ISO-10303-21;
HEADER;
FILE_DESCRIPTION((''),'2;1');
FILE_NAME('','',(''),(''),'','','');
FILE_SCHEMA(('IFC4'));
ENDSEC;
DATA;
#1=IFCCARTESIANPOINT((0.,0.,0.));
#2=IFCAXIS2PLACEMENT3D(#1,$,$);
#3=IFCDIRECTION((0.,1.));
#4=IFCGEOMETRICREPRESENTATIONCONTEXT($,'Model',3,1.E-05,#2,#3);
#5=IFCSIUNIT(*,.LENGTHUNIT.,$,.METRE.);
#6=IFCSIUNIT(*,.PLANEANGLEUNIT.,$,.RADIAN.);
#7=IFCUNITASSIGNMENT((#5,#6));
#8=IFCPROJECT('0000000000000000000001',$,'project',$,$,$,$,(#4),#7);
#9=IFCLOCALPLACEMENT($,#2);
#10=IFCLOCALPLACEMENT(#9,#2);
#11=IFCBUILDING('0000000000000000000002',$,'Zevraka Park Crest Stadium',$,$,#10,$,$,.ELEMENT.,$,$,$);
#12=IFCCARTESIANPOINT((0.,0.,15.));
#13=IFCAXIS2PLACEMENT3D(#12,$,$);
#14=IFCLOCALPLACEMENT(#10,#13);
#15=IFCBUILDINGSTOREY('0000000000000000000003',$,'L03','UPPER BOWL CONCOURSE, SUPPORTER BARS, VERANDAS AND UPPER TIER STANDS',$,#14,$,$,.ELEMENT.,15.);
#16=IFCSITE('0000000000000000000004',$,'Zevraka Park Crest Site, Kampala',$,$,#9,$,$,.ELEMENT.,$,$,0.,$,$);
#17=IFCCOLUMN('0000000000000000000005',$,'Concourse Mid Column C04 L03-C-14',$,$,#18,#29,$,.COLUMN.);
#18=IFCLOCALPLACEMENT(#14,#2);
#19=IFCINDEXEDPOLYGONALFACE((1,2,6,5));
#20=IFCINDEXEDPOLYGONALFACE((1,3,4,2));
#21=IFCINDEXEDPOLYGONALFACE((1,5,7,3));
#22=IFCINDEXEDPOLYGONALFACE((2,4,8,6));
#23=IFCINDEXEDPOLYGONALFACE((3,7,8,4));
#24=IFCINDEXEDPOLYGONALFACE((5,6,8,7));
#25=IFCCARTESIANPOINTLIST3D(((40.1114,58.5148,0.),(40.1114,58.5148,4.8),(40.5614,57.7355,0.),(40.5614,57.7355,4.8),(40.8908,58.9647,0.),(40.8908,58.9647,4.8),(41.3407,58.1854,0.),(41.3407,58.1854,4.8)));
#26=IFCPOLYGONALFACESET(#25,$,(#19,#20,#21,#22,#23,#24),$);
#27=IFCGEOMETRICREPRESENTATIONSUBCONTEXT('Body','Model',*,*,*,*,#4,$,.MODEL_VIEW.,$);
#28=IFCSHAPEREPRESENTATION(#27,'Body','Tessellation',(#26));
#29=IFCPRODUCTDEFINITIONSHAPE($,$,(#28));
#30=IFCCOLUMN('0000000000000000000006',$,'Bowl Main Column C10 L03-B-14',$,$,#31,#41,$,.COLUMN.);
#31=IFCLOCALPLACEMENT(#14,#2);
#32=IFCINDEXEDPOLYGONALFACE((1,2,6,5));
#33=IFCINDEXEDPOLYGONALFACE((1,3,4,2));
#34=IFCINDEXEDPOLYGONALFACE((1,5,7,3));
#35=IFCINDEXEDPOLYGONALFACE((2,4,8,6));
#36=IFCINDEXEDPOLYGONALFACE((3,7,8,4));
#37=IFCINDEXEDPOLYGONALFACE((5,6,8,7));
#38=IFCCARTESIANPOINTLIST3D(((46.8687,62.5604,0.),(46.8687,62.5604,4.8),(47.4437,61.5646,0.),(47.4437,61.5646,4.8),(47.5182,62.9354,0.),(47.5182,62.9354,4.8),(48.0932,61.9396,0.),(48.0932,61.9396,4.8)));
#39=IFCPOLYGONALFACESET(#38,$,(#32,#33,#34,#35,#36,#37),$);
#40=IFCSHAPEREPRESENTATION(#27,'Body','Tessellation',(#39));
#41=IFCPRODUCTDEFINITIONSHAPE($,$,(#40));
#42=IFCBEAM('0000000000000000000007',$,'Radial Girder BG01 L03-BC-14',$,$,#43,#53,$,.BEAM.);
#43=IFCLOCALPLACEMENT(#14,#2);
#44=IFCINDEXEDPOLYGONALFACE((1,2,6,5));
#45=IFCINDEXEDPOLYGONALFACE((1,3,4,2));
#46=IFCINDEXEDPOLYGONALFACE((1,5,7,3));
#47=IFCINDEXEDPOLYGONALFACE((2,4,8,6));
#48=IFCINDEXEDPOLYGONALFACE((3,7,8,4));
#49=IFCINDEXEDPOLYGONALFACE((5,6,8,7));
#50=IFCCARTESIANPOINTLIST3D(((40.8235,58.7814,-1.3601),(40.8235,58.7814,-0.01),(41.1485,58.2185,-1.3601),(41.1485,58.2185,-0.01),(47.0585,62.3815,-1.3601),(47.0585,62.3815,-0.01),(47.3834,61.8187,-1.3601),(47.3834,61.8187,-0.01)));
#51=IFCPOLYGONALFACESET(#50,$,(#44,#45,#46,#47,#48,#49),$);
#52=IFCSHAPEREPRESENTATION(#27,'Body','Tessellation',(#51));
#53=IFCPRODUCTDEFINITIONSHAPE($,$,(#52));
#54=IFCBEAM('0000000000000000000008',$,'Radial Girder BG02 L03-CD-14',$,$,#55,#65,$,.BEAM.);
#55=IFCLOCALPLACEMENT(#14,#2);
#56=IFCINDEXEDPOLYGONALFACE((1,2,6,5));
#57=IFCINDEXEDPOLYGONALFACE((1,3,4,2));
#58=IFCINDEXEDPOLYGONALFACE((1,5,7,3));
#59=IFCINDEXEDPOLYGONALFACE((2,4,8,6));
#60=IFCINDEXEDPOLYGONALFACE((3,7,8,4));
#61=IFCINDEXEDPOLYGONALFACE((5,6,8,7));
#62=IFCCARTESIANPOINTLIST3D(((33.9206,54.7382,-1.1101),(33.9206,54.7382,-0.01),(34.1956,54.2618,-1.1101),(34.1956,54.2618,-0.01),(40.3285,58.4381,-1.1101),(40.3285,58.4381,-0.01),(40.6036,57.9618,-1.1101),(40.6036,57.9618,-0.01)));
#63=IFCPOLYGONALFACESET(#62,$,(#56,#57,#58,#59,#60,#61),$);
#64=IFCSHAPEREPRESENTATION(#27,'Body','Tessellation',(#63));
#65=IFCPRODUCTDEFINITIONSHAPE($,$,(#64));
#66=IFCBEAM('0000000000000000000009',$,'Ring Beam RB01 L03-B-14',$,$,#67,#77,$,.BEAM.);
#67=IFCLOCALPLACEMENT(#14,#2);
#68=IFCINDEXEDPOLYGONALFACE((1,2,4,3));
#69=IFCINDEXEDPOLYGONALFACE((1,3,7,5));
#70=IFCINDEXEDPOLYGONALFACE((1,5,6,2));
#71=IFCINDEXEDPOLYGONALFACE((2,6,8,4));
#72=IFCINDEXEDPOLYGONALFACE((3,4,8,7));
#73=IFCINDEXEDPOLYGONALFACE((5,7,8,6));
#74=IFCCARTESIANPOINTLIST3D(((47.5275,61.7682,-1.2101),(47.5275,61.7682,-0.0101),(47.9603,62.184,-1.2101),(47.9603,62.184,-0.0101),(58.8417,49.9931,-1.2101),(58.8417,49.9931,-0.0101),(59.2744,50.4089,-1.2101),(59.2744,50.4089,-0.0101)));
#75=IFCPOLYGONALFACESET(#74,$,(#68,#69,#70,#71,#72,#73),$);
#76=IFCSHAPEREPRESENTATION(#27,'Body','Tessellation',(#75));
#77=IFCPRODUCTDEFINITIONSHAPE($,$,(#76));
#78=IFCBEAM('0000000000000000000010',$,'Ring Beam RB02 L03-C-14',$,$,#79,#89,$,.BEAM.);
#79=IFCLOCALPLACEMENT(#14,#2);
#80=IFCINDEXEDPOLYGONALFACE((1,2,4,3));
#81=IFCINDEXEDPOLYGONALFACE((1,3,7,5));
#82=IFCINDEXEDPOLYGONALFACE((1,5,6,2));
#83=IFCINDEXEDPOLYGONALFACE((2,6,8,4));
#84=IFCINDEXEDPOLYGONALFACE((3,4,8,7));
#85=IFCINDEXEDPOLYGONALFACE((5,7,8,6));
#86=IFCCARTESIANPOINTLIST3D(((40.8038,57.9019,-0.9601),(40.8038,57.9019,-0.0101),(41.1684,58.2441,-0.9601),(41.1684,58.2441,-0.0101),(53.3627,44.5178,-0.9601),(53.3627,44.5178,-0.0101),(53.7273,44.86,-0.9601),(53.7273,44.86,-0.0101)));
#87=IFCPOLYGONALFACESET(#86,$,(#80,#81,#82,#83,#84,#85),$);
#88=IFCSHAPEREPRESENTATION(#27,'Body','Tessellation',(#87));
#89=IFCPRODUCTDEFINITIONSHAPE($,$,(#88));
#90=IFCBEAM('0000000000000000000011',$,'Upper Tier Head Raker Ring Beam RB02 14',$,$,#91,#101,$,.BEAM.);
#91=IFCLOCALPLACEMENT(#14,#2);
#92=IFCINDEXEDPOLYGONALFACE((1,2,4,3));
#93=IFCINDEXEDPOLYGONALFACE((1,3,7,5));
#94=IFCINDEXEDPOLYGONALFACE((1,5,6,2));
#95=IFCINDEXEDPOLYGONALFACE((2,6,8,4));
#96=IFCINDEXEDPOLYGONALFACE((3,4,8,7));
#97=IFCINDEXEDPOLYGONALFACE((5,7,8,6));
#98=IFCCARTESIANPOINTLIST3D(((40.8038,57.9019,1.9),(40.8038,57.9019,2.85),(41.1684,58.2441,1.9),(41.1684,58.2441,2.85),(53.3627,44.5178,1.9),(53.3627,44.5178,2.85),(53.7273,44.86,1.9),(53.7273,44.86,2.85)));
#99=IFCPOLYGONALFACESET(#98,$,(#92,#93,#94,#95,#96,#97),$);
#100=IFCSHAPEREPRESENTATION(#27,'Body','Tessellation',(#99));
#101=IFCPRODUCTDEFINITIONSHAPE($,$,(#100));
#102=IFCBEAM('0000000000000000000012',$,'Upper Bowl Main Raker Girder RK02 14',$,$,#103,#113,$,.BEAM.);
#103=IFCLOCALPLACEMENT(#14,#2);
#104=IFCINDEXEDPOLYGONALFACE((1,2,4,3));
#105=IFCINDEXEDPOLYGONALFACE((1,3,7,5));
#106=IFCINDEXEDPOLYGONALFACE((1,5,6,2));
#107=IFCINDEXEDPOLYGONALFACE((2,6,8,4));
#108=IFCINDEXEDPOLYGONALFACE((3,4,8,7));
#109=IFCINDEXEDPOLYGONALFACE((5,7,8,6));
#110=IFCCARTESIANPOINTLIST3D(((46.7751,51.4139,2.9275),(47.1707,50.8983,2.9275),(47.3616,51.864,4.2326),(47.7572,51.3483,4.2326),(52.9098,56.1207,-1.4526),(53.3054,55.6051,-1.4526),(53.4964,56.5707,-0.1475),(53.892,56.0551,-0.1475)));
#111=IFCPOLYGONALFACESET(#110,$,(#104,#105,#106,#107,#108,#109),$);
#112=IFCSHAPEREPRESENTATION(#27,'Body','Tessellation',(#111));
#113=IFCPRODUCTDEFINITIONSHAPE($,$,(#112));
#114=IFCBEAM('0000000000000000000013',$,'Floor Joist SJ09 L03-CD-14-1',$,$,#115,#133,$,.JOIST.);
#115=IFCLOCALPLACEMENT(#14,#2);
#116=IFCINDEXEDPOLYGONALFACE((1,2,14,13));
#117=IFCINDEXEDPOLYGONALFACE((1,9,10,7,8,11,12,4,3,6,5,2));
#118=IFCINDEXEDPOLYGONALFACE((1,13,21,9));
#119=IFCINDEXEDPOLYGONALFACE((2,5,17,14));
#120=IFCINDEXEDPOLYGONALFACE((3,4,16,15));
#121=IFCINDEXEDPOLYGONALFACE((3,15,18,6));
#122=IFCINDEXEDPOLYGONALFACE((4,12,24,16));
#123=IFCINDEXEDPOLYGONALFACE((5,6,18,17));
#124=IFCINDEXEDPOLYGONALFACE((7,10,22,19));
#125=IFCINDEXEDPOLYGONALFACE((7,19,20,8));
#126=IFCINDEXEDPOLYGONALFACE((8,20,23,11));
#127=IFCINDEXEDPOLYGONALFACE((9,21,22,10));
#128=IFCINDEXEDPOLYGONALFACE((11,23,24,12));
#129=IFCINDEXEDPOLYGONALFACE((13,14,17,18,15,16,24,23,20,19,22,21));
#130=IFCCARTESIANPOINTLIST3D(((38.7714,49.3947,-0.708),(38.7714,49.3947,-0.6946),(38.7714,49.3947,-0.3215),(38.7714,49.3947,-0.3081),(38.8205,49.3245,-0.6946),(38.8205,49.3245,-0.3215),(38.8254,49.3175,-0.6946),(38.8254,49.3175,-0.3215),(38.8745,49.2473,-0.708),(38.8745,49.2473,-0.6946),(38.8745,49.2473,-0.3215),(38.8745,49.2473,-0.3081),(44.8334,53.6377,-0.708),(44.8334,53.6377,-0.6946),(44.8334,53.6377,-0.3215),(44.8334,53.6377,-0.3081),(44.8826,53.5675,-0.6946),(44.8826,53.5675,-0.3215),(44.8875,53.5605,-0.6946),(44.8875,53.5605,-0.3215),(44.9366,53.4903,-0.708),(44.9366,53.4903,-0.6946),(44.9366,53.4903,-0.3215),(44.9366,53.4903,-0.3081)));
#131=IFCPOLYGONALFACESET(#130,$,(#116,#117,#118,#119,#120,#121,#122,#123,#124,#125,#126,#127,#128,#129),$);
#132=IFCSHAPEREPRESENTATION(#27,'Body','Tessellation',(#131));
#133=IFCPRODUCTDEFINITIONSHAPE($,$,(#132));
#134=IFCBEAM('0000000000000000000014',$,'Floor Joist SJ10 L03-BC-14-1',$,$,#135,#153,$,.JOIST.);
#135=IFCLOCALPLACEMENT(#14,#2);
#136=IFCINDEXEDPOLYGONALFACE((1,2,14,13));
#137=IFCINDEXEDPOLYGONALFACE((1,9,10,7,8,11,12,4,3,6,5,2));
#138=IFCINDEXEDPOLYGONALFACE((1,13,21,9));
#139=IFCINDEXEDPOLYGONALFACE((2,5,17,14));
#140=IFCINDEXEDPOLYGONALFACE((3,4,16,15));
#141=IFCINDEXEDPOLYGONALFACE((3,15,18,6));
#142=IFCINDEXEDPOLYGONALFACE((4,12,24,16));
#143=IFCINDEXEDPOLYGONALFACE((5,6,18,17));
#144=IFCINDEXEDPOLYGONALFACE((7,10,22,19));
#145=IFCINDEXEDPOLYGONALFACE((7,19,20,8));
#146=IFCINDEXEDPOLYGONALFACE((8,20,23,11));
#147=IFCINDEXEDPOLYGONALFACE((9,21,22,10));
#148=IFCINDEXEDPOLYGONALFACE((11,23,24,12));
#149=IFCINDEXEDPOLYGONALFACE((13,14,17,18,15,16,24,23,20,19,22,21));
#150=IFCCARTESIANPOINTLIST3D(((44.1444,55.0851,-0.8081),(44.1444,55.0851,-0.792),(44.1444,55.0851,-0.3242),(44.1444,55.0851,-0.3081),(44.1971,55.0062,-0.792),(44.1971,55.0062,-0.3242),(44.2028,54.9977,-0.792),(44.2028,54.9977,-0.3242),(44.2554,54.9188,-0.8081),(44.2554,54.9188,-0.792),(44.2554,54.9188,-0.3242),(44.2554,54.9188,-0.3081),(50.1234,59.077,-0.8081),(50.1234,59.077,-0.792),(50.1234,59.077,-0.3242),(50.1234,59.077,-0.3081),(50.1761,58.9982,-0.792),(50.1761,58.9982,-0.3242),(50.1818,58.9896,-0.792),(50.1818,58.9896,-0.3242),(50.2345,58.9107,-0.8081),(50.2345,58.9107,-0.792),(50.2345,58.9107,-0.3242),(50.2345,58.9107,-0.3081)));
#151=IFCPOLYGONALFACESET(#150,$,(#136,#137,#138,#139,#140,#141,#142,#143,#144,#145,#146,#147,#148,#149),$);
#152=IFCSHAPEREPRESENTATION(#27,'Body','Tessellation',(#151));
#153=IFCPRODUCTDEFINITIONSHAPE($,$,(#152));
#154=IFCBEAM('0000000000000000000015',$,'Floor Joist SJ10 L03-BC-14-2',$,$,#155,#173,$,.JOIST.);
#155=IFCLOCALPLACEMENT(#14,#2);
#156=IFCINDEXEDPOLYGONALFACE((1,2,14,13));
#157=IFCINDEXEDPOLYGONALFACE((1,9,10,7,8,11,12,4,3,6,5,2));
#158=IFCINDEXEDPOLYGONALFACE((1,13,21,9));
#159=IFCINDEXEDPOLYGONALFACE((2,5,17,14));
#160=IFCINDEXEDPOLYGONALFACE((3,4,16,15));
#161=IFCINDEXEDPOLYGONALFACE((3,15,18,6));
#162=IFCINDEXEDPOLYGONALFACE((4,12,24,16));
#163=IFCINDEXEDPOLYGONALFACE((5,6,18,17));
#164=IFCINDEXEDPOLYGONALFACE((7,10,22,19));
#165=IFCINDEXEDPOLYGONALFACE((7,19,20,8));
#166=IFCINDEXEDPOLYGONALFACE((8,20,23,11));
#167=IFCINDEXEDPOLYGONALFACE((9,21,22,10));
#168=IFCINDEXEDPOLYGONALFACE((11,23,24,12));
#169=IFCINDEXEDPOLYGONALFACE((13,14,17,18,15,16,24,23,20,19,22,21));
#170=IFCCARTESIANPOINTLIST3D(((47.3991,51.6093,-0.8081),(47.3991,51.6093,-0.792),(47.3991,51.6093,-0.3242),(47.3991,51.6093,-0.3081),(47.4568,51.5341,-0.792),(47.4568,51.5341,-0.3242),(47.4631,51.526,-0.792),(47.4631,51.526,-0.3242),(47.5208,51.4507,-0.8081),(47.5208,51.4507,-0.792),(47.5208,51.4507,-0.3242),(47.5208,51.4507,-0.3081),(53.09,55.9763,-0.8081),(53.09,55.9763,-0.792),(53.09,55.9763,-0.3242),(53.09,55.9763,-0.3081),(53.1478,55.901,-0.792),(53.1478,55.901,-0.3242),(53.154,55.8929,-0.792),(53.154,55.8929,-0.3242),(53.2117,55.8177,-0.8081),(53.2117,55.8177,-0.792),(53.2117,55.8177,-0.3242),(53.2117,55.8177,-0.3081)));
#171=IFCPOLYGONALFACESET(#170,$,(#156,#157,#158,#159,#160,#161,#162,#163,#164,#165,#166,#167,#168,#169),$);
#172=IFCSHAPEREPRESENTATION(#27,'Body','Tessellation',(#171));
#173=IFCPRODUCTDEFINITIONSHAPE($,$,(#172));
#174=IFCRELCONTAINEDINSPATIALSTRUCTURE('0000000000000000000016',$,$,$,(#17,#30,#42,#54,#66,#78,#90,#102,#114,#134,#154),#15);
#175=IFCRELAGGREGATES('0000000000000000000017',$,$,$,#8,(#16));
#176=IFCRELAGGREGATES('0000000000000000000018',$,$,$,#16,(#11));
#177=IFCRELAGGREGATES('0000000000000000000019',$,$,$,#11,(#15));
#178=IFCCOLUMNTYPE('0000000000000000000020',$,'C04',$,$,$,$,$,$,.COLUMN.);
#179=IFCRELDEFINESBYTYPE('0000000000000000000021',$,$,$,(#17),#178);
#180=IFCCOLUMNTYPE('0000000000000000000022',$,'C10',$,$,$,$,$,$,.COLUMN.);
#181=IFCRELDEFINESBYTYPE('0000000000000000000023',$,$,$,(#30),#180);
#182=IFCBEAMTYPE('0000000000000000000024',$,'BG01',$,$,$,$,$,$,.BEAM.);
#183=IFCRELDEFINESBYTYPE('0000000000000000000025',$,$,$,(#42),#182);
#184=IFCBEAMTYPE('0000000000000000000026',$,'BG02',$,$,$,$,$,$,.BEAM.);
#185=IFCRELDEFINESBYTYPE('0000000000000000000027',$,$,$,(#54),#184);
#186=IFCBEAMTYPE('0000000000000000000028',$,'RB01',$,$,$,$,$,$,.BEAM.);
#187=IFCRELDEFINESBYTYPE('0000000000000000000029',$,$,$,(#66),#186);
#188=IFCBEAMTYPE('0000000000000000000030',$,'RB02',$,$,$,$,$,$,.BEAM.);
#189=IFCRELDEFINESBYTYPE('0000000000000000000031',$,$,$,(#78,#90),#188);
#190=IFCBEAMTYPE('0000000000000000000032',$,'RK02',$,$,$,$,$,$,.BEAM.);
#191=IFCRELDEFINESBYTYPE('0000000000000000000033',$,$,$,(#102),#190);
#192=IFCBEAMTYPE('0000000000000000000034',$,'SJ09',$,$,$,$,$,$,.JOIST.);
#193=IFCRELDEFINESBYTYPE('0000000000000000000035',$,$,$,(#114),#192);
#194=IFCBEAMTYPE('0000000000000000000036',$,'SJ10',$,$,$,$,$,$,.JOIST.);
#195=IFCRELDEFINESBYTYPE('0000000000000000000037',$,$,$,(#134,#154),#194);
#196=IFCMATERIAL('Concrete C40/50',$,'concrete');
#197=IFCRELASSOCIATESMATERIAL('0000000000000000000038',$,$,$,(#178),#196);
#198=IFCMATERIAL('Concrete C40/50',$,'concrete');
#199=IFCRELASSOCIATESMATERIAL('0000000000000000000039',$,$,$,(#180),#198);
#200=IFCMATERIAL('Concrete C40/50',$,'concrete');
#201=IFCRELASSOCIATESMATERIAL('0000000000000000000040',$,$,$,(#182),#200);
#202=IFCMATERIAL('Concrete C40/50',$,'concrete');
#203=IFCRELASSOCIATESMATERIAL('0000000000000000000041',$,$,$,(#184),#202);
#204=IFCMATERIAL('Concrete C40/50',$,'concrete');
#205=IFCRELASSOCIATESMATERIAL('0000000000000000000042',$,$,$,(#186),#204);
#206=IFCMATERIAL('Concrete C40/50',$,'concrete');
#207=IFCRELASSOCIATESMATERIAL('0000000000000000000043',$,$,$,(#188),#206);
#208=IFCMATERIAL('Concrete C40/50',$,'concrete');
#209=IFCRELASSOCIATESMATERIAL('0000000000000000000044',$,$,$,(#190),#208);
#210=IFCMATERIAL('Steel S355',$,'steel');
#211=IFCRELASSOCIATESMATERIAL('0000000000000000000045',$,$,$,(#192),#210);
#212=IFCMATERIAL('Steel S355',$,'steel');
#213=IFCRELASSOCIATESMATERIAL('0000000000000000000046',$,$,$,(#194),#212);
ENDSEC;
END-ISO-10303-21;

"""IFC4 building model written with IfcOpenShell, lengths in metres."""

from ifc_helpers import new_model, si_unit, direction, frame, origin, origin_2d, place, context, subcontext, project, spatial, rectangle, i_section, extrude, material, material_profile, profile_set, type_object, element, save


model = new_model("IFC4")

# Units and contexts
model_context = context("Model", 3, precision=1e-05, world=origin(), true_north=direction((0.0, 1.0)))
body_context = subcontext(model_context, "Body", "Model", "MODEL_VIEW")
ifc_project = project(units=[si_unit("LENGTHUNIT", "METRE"), si_unit("PLANEANGLEUNIT", "RADIAN")], contexts=[model_context])

# Site, building, storey
site_placement = place(None, origin())
site = spatial("IfcSite", under=ifc_project, at=site_placement, Name="Zevraka Park Crest Site, Kampala", CompositionType="ELEMENT", RefElevation=0.0)
building_placement = place(site_placement, origin())
building = spatial("IfcBuilding", under=site, at=building_placement, Name="Zevraka Park Crest Stadium", CompositionType="ELEMENT")
storey_placement = place(building_placement, frame((0.0, 0.0, 15.0)))
storey = spatial("IfcBuildingStorey", under=building, at=storey_placement, Name="L03", Description="UPPER BOWL CONCOURSE, SUPPORTER BARS, VERANDAS AND UPPER TIER STANDS", CompositionType="ELEMENT", Elevation=15.0)

# Columns
ifc_material_1 = material(Name="Concrete C40/50", Category="concrete")
ifc_material_profile_1 = material_profile(ifc_material_1, rectangle(XDim=0.8999, YDim=0.8999, at=origin_2d()), Name="RC 900x900")
ifc_profile_set_1 = profile_set([ifc_material_profile_1], Name="Concrete C40/50")
column_type_1 = type_object("IfcColumnType", Name="C04", PredefinedType="COLUMN", material=ifc_profile_set_1)
column_1_placement = place(storey_placement, frame((40.7261, 58.3501, 0.0), z_axis=(0.0, 0.0, 1.0), x_axis=(0.866025, 0.5, 0.0)))
element("IfcColumn", 1, at=column_1_placement, inside=storey, type_object=column_type_1, Name="Concourse Mid Column C04 L03-C-14", PredefinedType="COLUMN", context=body_context, shape_type="SweptSolid", body=[
    extrude(rectangle(XDim=0.8999, YDim=0.8999, at=origin_2d()), origin(), (0.0, 0.0, 1.0), 4.8),
])
ifc_material_2 = material(Name="Concrete C40/50", Category="concrete")
ifc_material_profile_2 = material_profile(ifc_material_2, rectangle(XDim=0.75, YDim=1.1499, at=origin_2d()), Name="RC 1150x750")
ifc_profile_set_2 = profile_set([ifc_material_profile_2], Name="Concrete C40/50")
column_type_2 = type_object("IfcColumnType", Name="C10", PredefinedType="COLUMN", material=ifc_profile_set_2)
column_2_placement = place(storey_placement, frame((47.481, 62.25, 0.0), z_axis=(0.0, 0.0, 1.0), x_axis=(0.866025, 0.5, 0.0)))
element("IfcColumn", 2, at=column_2_placement, inside=storey, type_object=column_type_2, Name="Bowl Main Column C10 L03-B-14", PredefinedType="COLUMN", context=body_context, shape_type="SweptSolid", body=[
    extrude(rectangle(XDim=0.75, YDim=1.1499, at=origin_2d()), origin(), (0.0, 0.0, 1.0), 4.8),
])

# Beams
ifc_material_3 = material(Name="Concrete C40/50", Category="concrete")
ifc_material_profile_3 = material_profile(ifc_material_3, rectangle(XDim=0.6499, YDim=1.3501, at=origin_2d()), Name="RC 1350x650")
ifc_profile_set_3 = profile_set([ifc_material_profile_3], Name="Concrete C40/50")
beam_type_1 = type_object("IfcBeamType", Name="BG01", PredefinedType="BEAM", material=ifc_profile_set_3)
beam_1_placement = place(storey_placement, frame((47.2209, 62.1001, -0.6851), z_axis=(-0.866001, -0.500041, 0.0), x_axis=(0.500041, -0.866001, 0.0)))
element("IfcBeam", 3, at=beam_1_placement, inside=storey, type_object=beam_type_1, Name="Radial Girder BG01 L03-BC-14", PredefinedType="BEAM", context=body_context, shape_type="SweptSolid", body=[
    extrude(rectangle(XDim=0.6499, YDim=1.3501, at=origin_2d()), origin(), (0.0, 0.0, 1.0), 7.1997),
])
ifc_material_4 = material(Name="Concrete C40/50", Category="concrete")
ifc_material_profile_4 = material_profile(ifc_material_4, rectangle(XDim=0.55, YDim=1.1001, at=origin_2d()), Name="RC 1100x550")
ifc_profile_set_4 = profile_set([ifc_material_profile_4], Name="Concrete C40/50")
beam_type_2 = type_object("IfcBeamType", Name="BG02", PredefinedType="BEAM", material=ifc_profile_set_4)
beam_2_placement = place(storey_placement, frame((40.4661, 58.2, -0.5601), z_axis=(-0.866007, -0.500032, 0.0), x_axis=(0.500032, -0.866007, 0.0)))
element("IfcBeam", 4, at=beam_2_placement, inside=storey, type_object=beam_type_2, Name="Radial Girder BG02 L03-CD-14", PredefinedType="BEAM", context=body_context, shape_type="SweptSolid", body=[
    extrude(rectangle(XDim=0.55, YDim=1.1001, at=origin_2d()), origin(), (0.0, 0.0, 1.0), 7.3994),
])
ifc_material_5 = material(Name="Concrete C40/50", Category="concrete")
ifc_material_profile_5 = material_profile(ifc_material_5, rectangle(XDim=0.6001, YDim=1.2, at=origin_2d()), Name="RC 1200x600")
ifc_profile_set_5 = profile_set([ifc_material_profile_5], Name="Concrete C40/50")
beam_type_3 = type_object("IfcBeamType", Name="RB01", PredefinedType="BEAM", material=ifc_profile_set_5)
beam_3_placement = place(storey_placement, frame((47.7439, 61.9761, -0.6101), z_axis=(0.692853, -0.721079, 0.0), x_axis=(0.721079, 0.692853, 0.0)))
element("IfcBeam", 5, at=beam_3_placement, inside=storey, type_object=beam_type_3, Name="Ring Beam RB01 L03-B-14", PredefinedType="BEAM", context=body_context, shape_type="SweptSolid", body=[
    extrude(rectangle(XDim=0.6001, YDim=1.2, at=origin_2d()), origin(), (0.0, 0.0, 1.0), 16.3298),
])
ifc_material_6 = material(Name="Concrete C40/50", Category="concrete")
ifc_material_profile_6 = material_profile(ifc_material_6, rectangle(XDim=0.5, YDim=0.95, at=origin_2d()), Name="RC 950x500")
ifc_profile_set_6 = profile_set([ifc_material_profile_6], Name="Concrete C40/50")
beam_type_4 = type_object("IfcBeamType", Name="RB02", PredefinedType="BEAM", material=ifc_profile_set_6)
for number, where, z_axis, x_axis, name in (
    (6, (40.9861, 58.073, -0.4851), (0.684269, -0.72923, 0.0), (0.72923, 0.684269, 0.0), "Ring Beam RB02 L03-C-14"),
    (7, (40.9861, 58.073, 2.375), (0.684269, -0.72923, 0.0), (0.72923, 0.684269, 0.0), "Upper Tier Head Raker Ring Beam RB02 14"),
):
    element("IfcBeam", number, at=place(storey_placement, frame(where, z_axis=z_axis, x_axis=x_axis)), inside=storey, type_object=beam_type_4, Name=name, PredefinedType="BEAM", context=body_context, shape_type="SweptSolid", body=[
        extrude(rectangle(XDim=0.5, YDim=0.95, at=origin_2d()), origin(), (0.0, 0.0, 1.0), 18.3538),
    ])
ifc_material_7 = material(Name="Concrete C40/50", Category="concrete")
ifc_material_profile_7 = material_profile(ifc_material_7, rectangle(XDim=0.6499, YDim=1.5, at=origin_2d()), Name="RC 1500x650")
ifc_profile_set_7 = profile_set([ifc_material_profile_7], Name="Concrete C40/50")
beam_type_5 = type_object("IfcBeamType", Name="RK02", PredefinedType="BEAM", material=ifc_profile_set_7)
beam_4_placement = place(storey_placement, frame((53.4009, 56.0879, -0.8), z_axis=(-0.690326, -0.52964, 0.492882), x_axis=(0.608714, -0.79339, 0.0)))
element("IfcBeam", 8, at=beam_4_placement, inside=storey, type_object=beam_type_5, Name="Upper Bowl Main Raker Girder RK02 14", PredefinedType="BEAM", context=body_context, shape_type="SweptSolid", body=[
    extrude(rectangle(XDim=0.6499, YDim=1.5, at=origin_2d()), origin(), (0.0, 0.0, 1.0), 8.8867),
])
ifc_material_8 = material(Name="Steel S355", Category="steel")
ifc_material_profile_8 = material_profile(ifc_material_8, i_section(OverallWidth=0.1799, OverallDepth=0.3999, WebThickness=0.0085, FlangeThickness=0.0134, at=origin_2d()), Name="IPE 400")
ifc_profile_set_8 = profile_set([ifc_material_profile_8], Name="Steel S355")
beam_type_6 = type_object("IfcBeamType", Name="SJ09", PredefinedType="JOIST", material=ifc_profile_set_8)
beam_5_placement = place(storey_placement, frame((44.885, 53.564, -0.5081), z_axis=(-0.819263, -0.573418, 0.0), x_axis=(0.573418, -0.819263, 0.0)))
element("IfcBeam", 9, at=beam_5_placement, inside=storey, type_object=beam_type_6, Name="Floor Joist SJ09 L03-CD-14-1", PredefinedType="JOIST", context=body_context, shape_type="SweptSolid", body=[
    extrude(i_section(OverallWidth=0.1799, OverallDepth=0.3999, WebThickness=0.0085, FlangeThickness=0.0134, at=origin_2d()), origin(), (0.0, 0.0, 1.0), 7.3994),
])
ifc_material_9 = material(Name="Steel S355", Category="steel")
ifc_material_profile_9 = material_profile(ifc_material_9, i_section(OverallWidth=0.2, OverallDepth=0.5, WebThickness=0.0103, FlangeThickness=0.0161, at=origin_2d()), Name="IPE 500")
ifc_profile_set_9 = profile_set([ifc_material_profile_9], Name="Steel S355")
beam_type_7 = type_object("IfcBeamType", Name="SJ10", PredefinedType="JOIST", material=ifc_profile_set_9)
beam_6_placement = place(storey_placement, frame((50.179, 58.9939, -0.5581), z_axis=(-0.831669, -0.555272, 0.0), x_axis=(0.555272, -0.831669, 0.0)))
element("IfcBeam", 10, at=beam_6_placement, inside=storey, type_object=beam_type_7, Name="Floor Joist SJ10 L03-BC-14-1", PredefinedType="JOIST", context=body_context, shape_type="SweptSolid", body=[
    extrude(i_section(OverallWidth=0.2, OverallDepth=0.5, WebThickness=0.0103, FlangeThickness=0.0161, at=origin_2d()), origin(), (0.0, 0.0, 1.0), 7.1892),
])
beam_7_placement = place(storey_placement, frame((53.1509, 55.897, -0.5581), z_axis=(-0.793343, -0.608774, 0.0), x_axis=(0.608774, -0.793343, 0.0)))
element("IfcBeam", 11, at=beam_7_placement, inside=storey, type_object=beam_type_7, Name="Floor Joist SJ10 L03-BC-14-2", PredefinedType="JOIST", context=body_context, shape_type="SweptSolid", body=[
    extrude(i_section(OverallWidth=0.2, OverallDepth=0.5, WebThickness=0.0103, FlangeThickness=0.0161, at=origin_2d()), origin(), (0.0, 0.0, 1.0), 7.1733),
])

save(model, "model.ifc")
